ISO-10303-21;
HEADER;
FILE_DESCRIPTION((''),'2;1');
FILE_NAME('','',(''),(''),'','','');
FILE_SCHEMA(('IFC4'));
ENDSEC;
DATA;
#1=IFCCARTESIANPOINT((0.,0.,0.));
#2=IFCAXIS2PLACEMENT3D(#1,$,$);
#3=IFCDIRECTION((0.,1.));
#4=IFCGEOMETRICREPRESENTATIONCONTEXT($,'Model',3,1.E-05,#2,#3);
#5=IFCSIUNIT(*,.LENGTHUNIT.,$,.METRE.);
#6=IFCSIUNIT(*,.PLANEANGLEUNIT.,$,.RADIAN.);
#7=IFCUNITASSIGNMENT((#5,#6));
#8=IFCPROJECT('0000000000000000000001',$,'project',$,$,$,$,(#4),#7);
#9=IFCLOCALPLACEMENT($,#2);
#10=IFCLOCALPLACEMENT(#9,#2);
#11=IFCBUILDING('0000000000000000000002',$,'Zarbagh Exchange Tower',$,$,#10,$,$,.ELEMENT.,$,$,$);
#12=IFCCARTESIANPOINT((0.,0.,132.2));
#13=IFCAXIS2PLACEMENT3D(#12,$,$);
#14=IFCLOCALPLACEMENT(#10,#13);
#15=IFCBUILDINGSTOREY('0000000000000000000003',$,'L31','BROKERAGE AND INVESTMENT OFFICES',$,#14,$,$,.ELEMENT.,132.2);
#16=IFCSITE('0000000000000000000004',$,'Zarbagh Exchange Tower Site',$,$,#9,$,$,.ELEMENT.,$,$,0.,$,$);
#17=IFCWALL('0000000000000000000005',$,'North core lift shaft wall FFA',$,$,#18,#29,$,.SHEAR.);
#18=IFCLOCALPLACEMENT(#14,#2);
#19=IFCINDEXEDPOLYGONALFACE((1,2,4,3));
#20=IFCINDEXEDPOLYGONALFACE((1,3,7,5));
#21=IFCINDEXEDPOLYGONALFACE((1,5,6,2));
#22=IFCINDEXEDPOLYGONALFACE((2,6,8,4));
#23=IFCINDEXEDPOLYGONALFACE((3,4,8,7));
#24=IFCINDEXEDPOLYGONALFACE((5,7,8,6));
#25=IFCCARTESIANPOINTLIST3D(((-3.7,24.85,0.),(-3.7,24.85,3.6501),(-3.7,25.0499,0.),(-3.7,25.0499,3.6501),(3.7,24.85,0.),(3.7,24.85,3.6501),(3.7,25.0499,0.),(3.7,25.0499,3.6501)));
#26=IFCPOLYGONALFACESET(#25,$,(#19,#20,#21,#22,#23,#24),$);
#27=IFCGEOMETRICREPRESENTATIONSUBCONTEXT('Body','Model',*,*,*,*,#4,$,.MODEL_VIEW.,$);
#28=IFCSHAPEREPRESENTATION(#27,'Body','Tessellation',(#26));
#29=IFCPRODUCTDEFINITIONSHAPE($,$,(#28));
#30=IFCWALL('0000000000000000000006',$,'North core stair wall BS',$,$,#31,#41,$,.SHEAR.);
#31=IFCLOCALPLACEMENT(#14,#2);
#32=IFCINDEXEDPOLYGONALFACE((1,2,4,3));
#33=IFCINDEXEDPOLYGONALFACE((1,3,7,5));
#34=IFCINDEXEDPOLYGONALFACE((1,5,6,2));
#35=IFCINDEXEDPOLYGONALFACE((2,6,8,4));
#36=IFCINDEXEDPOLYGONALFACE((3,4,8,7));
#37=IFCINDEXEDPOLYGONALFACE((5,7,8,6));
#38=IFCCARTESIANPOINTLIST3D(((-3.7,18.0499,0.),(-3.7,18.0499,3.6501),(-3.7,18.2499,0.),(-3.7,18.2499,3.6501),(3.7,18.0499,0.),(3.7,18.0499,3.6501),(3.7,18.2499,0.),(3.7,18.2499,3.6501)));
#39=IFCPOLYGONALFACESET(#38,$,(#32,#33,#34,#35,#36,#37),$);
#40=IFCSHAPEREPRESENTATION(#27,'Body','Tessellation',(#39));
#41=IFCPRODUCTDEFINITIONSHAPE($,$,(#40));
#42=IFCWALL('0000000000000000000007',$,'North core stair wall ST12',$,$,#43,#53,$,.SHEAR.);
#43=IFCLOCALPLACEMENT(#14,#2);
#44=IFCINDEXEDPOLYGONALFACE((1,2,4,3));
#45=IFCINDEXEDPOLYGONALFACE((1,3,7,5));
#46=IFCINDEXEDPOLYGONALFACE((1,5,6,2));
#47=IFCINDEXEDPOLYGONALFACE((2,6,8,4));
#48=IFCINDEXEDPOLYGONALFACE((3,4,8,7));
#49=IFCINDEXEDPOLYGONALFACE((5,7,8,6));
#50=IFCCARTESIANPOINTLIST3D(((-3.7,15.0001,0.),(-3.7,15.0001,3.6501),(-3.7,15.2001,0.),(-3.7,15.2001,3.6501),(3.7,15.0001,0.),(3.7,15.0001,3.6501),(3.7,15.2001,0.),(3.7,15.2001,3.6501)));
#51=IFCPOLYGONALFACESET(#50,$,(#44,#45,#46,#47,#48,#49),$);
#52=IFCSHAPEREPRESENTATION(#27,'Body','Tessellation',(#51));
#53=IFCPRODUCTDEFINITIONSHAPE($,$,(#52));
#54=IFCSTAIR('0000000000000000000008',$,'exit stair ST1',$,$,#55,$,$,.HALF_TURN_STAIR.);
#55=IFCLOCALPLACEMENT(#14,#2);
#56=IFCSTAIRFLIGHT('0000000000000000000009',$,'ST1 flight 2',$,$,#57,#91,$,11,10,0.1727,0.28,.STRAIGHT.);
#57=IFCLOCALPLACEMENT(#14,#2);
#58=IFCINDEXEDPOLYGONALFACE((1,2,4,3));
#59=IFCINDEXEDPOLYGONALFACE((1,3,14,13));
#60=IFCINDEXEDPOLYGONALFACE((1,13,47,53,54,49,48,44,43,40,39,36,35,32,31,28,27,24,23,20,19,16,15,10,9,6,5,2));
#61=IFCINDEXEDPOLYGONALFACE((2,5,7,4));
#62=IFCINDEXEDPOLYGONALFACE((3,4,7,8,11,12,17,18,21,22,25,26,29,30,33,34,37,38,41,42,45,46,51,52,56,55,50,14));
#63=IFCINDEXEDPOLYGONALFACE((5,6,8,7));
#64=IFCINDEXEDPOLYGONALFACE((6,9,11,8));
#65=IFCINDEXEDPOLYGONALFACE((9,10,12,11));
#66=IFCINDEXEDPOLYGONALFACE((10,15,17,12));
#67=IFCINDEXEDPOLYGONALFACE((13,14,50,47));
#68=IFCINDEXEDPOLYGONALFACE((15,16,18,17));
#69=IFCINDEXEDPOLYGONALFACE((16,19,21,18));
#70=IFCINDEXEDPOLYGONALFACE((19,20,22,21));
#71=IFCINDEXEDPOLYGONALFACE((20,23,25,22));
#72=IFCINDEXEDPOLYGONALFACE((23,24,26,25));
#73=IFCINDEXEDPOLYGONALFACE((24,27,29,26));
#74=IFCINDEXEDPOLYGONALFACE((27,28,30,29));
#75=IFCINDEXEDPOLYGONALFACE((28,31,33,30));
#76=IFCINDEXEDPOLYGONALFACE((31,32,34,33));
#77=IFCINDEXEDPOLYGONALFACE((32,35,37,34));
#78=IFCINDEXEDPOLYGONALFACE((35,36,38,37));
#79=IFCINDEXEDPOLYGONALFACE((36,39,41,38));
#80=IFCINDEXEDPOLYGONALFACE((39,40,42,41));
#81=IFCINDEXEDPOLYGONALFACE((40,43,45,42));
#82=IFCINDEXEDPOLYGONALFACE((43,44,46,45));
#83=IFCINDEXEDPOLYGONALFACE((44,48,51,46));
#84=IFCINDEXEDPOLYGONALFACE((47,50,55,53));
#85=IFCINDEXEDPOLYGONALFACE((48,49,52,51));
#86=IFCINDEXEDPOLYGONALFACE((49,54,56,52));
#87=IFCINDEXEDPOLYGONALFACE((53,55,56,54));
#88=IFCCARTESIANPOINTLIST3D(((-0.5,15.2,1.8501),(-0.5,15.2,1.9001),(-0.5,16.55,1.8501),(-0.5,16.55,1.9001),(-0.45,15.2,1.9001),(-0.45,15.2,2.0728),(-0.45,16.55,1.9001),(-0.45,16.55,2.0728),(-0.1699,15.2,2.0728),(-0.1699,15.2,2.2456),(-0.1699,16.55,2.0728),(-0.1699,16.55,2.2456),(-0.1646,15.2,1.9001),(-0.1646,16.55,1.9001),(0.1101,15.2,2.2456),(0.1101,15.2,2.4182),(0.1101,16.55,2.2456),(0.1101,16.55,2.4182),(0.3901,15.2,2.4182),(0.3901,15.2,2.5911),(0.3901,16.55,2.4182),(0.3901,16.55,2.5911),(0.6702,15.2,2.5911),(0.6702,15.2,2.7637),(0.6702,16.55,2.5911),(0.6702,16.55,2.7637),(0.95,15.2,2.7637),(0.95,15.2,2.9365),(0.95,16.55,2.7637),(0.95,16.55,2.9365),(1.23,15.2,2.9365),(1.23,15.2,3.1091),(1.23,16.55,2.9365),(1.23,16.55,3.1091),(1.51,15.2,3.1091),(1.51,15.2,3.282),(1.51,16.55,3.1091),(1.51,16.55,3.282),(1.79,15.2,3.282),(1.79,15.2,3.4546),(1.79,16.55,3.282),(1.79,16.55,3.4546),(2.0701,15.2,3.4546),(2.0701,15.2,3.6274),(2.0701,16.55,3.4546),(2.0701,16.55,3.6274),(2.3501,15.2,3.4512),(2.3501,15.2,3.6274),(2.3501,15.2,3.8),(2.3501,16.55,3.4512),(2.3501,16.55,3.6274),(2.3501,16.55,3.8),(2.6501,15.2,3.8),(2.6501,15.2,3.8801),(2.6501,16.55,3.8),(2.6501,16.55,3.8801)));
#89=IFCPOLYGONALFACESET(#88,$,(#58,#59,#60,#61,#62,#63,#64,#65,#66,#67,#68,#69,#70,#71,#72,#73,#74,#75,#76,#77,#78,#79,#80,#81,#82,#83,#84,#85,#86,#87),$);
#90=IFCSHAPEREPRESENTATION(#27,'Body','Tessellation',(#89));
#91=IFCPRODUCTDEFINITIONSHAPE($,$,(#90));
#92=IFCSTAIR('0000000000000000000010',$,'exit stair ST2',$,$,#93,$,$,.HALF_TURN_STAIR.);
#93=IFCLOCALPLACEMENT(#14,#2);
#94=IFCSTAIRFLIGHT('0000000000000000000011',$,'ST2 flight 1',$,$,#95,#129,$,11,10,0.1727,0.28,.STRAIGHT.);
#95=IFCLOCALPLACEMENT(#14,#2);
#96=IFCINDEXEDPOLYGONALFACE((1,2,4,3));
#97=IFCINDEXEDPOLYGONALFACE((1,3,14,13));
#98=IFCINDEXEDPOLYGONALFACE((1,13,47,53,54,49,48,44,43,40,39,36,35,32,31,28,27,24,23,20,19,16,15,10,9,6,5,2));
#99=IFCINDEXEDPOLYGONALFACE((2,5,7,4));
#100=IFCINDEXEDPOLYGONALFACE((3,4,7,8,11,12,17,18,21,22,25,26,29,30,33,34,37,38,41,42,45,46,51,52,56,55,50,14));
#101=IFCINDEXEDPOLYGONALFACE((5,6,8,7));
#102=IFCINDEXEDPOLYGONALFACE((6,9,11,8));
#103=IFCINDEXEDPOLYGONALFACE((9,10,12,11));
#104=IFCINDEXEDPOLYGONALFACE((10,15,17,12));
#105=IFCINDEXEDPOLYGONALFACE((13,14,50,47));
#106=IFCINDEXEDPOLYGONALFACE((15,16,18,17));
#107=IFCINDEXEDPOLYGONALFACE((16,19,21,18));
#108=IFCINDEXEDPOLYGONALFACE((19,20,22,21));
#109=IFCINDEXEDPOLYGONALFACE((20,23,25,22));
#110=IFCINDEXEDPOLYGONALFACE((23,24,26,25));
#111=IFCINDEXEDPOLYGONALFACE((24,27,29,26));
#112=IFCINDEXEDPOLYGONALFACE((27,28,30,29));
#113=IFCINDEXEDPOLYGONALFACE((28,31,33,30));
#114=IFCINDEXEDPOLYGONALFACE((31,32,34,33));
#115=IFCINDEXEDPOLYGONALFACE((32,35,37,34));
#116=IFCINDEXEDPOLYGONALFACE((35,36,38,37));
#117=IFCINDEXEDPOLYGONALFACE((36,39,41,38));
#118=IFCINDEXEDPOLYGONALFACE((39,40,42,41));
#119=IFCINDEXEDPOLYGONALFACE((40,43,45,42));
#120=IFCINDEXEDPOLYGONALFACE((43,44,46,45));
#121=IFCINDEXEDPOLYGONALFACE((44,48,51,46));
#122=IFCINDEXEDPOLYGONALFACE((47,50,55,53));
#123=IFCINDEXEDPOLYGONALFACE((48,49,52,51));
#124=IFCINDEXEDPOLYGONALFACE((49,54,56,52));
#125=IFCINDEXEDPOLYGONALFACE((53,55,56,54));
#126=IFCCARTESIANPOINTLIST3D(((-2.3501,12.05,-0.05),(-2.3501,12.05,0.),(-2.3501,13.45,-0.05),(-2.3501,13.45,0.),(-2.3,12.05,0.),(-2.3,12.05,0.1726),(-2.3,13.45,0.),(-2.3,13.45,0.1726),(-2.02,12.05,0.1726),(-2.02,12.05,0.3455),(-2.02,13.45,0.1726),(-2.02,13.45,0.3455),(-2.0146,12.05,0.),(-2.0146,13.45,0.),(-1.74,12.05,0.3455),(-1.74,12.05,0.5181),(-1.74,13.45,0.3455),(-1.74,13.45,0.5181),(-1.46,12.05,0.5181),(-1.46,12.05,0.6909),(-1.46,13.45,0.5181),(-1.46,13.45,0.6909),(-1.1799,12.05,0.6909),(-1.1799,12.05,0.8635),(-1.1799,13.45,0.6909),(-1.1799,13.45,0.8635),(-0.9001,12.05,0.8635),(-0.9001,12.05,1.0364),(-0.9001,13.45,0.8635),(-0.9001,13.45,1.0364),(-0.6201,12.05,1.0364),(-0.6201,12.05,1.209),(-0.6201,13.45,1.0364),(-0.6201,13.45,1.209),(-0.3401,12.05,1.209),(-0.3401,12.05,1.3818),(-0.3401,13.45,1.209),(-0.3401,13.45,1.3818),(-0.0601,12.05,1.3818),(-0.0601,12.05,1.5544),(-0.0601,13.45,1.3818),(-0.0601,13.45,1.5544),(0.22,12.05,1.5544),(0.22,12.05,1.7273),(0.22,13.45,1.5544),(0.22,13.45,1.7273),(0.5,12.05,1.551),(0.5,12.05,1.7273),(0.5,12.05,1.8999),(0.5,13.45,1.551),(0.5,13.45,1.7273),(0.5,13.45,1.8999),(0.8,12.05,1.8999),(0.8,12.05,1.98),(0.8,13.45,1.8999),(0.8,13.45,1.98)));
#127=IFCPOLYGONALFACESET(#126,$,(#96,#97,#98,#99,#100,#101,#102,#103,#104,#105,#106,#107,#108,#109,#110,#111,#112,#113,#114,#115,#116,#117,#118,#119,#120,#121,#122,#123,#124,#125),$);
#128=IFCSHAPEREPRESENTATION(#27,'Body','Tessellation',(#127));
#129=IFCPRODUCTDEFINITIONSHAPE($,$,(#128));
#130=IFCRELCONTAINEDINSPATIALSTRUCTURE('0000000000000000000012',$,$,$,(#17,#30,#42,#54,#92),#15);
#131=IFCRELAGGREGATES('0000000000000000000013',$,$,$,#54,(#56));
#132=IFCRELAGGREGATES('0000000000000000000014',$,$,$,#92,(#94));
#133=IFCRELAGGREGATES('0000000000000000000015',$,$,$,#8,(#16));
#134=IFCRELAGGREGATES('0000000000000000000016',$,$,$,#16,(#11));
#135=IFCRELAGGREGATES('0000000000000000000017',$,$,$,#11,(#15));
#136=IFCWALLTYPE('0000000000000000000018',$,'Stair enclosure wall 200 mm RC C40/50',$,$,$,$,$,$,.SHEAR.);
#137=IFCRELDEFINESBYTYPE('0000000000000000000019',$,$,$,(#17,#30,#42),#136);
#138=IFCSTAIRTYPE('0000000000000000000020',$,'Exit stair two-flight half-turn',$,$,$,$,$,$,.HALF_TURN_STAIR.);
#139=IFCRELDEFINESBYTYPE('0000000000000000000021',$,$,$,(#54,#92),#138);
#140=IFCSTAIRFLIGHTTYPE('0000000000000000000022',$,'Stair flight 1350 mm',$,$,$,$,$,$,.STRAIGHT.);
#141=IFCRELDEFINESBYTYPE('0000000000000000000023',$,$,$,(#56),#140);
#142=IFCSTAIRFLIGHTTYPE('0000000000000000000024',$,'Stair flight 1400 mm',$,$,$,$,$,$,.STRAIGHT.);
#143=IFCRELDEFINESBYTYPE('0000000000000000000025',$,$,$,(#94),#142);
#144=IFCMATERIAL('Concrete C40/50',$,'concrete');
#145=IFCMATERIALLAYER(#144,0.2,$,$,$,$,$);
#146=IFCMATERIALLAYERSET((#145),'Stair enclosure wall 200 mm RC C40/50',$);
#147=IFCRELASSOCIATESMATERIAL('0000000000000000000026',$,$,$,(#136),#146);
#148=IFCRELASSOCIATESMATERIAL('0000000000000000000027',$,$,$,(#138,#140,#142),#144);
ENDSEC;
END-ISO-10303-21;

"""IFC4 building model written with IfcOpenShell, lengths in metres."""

from ifc_helpers import new_model, si_unit, direction, frame, frame_2d, origin, place, context, subcontext, project, spatial, polyline, rectangle, outline, extrude, material, layer, layer_set, type_object, element, aggregate, save


model = new_model("IFC4")

# Units and contexts
model_context = context("Model", 3, precision=1e-05, world=origin(), true_north=direction((0.0, 1.0)))
body_context = subcontext(model_context, "Body", "Model", "MODEL_VIEW")
ifc_project = project(units=[si_unit("LENGTHUNIT", "METRE"), si_unit("PLANEANGLEUNIT", "RADIAN")], contexts=[model_context])

# Site, building, storey
site_placement = place(None, origin())
site = spatial("IfcSite", under=ifc_project, at=site_placement, Name="Zarbagh Exchange Tower Site", CompositionType="ELEMENT", RefElevation=0.0)
building_placement = place(site_placement, origin())
building = spatial("IfcBuilding", under=site, at=building_placement, Name="Zarbagh Exchange Tower", CompositionType="ELEMENT")
storey_placement = place(building_placement, frame((0.0, 0.0, 132.2)))
storey = spatial("IfcBuildingStorey", under=building, at=storey_placement, Name="L31", Description="BROKERAGE AND INVESTMENT OFFICES", CompositionType="ELEMENT", Elevation=132.2)

# Walls
ifc_material_1 = material(Name="Concrete C40/50", Category="concrete")
ifc_layer_1 = layer(ifc_material_1, 0.2)
ifc_layer_set_1 = layer_set([ifc_layer_1], Name="Stair enclosure wall 200 mm RC C40/50")
wall_type_1 = type_object("IfcWallType", Name="Stair enclosure wall 200 mm RC C40/50", PredefinedType="SHEAR", material=ifc_layer_set_1)
for number, where, z_axis, x_axis, name in (
    (1, (-3.7, 24.95, 0.0), (0.0, 0.0, 1.0), (1.0, 0.0, 0.0), "North core lift shaft wall FFA"),
    (2, (-3.7, 18.1499, 0.0), (0.0, 0.0, 1.0), (1.0, 0.0, 0.0), "North core stair wall BS"),
    (3, (-3.7, 15.1001, 0.0), (0.0, 0.0, 1.0), (1.0, 0.0, 0.0), "North core stair wall ST12"),
):
    element("IfcWall", number, at=place(storey_placement, frame(where, z_axis=z_axis, x_axis=x_axis)), inside=storey, type_object=wall_type_1, Name=name, PredefinedType="SHEAR", context=body_context, shape_type="SweptSolid", body=[
        extrude(rectangle(XDim=7.3999, YDim=0.2, at=frame_2d((3.7, 0.0))), origin(), (0.0, 0.0, 1.0), 3.6501),
    ])

# Stairs, stair flights
stair_type = type_object("IfcStairType", Name="Exit stair two-flight half-turn", PredefinedType="HALF_TURN_STAIR", material=ifc_material_1)
stair_1_placement = place(storey_placement, origin())
stair_1 = element("IfcStair", 4, at=stair_1_placement, inside=storey, type_object=stair_type, Name="exit stair ST1", PredefinedType="HALF_TURN_STAIR")
stair_flight_type_1 = type_object("IfcStairFlightType", Name="Stair flight 1350 mm", PredefinedType="STRAIGHT", material=ifc_material_1)
stair_flight_1_placement = place(storey_placement, frame((-0.45, 15.875, 1.9001), z_axis=(0.0, 0.0, 1.0), x_axis=(1.0, 0.0, 0.0)))
stair_flight_1 = element("IfcStairFlight", 5, at=stair_flight_1_placement, type_object=stair_flight_type_1, Name="ST1 flight 2", NumberOfRisers=11, NumberOfTreads=10, PredefinedType="STRAIGHT", RiserHeight=0.1727, TreadLength=0.28, context=body_context, shape_type="SweptSolid", body=[
    extrude(outline(polyline([(-0.05, -0.05), (-0.05, 0.0), (0.0, 0.0), (0.0, 0.1726), (0.28, 0.1726), (0.28, 0.3455), (0.5601, 0.3455), (0.5601, 0.5181), (0.8401, 0.5181), (0.8401, 0.6909), (1.1201, 0.6909), (1.1201, 0.8635), (1.3999, 0.8635), (1.3999, 1.0364), (1.6799, 1.0364), (1.6799, 1.209), (1.96, 1.209), (1.96, 1.3818), (2.24, 1.3818), (2.24, 1.5544), (2.52, 1.5544), (2.52, 1.7273), (2.8, 1.7273), (2.8, 1.8999), (3.1001, 1.98), (3.1001, 1.8999), (2.8, 1.551), (0.2854, 0.0), (-0.05, -0.05)])), frame((0.0, 0.675, 0.0), z_axis=(0.0, -1.0, 0.0), x_axis=(1.0, 0.0, 0.0)), (0.0, 0.0, 1.0), 1.3501),
])
aggregate(stair_1, [stair_flight_1])
stair_2_placement = place(storey_placement, origin())
stair_2 = element("IfcStair", 6, at=stair_2_placement, inside=storey, type_object=stair_type, Name="exit stair ST2", PredefinedType="HALF_TURN_STAIR")
stair_flight_type_2 = type_object("IfcStairFlightType", Name="Stair flight 1400 mm", PredefinedType="STRAIGHT", material=ifc_material_1)
stair_flight_2_placement = place(storey_placement, frame((-2.3, 12.75, 0.0), z_axis=(0.0, 0.0, 1.0), x_axis=(1.0, 0.0, 0.0)))
stair_flight_2 = element("IfcStairFlight", 7, at=stair_flight_2_placement, type_object=stair_flight_type_2, Name="ST2 flight 1", NumberOfRisers=11, NumberOfTreads=10, PredefinedType="STRAIGHT", RiserHeight=0.1727, TreadLength=0.28, context=body_context, shape_type="SweptSolid", body=[
    extrude(outline(polyline([(-0.05, -0.05), (-0.05, 0.0), (0.0, 0.0), (0.0, 0.1726), (0.28, 0.1726), (0.28, 0.3455), (0.5601, 0.3455), (0.5601, 0.5181), (0.8401, 0.5181), (0.8401, 0.6909), (1.1201, 0.6909), (1.1201, 0.8635), (1.3999, 0.8635), (1.3999, 1.0364), (1.6799, 1.0364), (1.6799, 1.209), (1.96, 1.209), (1.96, 1.3818), (2.24, 1.3818), (2.24, 1.5544), (2.52, 1.5544), (2.52, 1.7273), (2.8, 1.7273), (2.8, 1.8999), (3.1001, 1.98), (3.1001, 1.8999), (2.8, 1.551), (0.2854, 0.0), (-0.05, -0.05)])), frame((0.0, 0.7, 0.0), z_axis=(0.0, -1.0, 0.0), x_axis=(1.0, 0.0, 0.0)), (0.0, 0.0, 1.0), 1.3999),
])
aggregate(stair_2, [stair_flight_2])

save(model, "model.ifc")
